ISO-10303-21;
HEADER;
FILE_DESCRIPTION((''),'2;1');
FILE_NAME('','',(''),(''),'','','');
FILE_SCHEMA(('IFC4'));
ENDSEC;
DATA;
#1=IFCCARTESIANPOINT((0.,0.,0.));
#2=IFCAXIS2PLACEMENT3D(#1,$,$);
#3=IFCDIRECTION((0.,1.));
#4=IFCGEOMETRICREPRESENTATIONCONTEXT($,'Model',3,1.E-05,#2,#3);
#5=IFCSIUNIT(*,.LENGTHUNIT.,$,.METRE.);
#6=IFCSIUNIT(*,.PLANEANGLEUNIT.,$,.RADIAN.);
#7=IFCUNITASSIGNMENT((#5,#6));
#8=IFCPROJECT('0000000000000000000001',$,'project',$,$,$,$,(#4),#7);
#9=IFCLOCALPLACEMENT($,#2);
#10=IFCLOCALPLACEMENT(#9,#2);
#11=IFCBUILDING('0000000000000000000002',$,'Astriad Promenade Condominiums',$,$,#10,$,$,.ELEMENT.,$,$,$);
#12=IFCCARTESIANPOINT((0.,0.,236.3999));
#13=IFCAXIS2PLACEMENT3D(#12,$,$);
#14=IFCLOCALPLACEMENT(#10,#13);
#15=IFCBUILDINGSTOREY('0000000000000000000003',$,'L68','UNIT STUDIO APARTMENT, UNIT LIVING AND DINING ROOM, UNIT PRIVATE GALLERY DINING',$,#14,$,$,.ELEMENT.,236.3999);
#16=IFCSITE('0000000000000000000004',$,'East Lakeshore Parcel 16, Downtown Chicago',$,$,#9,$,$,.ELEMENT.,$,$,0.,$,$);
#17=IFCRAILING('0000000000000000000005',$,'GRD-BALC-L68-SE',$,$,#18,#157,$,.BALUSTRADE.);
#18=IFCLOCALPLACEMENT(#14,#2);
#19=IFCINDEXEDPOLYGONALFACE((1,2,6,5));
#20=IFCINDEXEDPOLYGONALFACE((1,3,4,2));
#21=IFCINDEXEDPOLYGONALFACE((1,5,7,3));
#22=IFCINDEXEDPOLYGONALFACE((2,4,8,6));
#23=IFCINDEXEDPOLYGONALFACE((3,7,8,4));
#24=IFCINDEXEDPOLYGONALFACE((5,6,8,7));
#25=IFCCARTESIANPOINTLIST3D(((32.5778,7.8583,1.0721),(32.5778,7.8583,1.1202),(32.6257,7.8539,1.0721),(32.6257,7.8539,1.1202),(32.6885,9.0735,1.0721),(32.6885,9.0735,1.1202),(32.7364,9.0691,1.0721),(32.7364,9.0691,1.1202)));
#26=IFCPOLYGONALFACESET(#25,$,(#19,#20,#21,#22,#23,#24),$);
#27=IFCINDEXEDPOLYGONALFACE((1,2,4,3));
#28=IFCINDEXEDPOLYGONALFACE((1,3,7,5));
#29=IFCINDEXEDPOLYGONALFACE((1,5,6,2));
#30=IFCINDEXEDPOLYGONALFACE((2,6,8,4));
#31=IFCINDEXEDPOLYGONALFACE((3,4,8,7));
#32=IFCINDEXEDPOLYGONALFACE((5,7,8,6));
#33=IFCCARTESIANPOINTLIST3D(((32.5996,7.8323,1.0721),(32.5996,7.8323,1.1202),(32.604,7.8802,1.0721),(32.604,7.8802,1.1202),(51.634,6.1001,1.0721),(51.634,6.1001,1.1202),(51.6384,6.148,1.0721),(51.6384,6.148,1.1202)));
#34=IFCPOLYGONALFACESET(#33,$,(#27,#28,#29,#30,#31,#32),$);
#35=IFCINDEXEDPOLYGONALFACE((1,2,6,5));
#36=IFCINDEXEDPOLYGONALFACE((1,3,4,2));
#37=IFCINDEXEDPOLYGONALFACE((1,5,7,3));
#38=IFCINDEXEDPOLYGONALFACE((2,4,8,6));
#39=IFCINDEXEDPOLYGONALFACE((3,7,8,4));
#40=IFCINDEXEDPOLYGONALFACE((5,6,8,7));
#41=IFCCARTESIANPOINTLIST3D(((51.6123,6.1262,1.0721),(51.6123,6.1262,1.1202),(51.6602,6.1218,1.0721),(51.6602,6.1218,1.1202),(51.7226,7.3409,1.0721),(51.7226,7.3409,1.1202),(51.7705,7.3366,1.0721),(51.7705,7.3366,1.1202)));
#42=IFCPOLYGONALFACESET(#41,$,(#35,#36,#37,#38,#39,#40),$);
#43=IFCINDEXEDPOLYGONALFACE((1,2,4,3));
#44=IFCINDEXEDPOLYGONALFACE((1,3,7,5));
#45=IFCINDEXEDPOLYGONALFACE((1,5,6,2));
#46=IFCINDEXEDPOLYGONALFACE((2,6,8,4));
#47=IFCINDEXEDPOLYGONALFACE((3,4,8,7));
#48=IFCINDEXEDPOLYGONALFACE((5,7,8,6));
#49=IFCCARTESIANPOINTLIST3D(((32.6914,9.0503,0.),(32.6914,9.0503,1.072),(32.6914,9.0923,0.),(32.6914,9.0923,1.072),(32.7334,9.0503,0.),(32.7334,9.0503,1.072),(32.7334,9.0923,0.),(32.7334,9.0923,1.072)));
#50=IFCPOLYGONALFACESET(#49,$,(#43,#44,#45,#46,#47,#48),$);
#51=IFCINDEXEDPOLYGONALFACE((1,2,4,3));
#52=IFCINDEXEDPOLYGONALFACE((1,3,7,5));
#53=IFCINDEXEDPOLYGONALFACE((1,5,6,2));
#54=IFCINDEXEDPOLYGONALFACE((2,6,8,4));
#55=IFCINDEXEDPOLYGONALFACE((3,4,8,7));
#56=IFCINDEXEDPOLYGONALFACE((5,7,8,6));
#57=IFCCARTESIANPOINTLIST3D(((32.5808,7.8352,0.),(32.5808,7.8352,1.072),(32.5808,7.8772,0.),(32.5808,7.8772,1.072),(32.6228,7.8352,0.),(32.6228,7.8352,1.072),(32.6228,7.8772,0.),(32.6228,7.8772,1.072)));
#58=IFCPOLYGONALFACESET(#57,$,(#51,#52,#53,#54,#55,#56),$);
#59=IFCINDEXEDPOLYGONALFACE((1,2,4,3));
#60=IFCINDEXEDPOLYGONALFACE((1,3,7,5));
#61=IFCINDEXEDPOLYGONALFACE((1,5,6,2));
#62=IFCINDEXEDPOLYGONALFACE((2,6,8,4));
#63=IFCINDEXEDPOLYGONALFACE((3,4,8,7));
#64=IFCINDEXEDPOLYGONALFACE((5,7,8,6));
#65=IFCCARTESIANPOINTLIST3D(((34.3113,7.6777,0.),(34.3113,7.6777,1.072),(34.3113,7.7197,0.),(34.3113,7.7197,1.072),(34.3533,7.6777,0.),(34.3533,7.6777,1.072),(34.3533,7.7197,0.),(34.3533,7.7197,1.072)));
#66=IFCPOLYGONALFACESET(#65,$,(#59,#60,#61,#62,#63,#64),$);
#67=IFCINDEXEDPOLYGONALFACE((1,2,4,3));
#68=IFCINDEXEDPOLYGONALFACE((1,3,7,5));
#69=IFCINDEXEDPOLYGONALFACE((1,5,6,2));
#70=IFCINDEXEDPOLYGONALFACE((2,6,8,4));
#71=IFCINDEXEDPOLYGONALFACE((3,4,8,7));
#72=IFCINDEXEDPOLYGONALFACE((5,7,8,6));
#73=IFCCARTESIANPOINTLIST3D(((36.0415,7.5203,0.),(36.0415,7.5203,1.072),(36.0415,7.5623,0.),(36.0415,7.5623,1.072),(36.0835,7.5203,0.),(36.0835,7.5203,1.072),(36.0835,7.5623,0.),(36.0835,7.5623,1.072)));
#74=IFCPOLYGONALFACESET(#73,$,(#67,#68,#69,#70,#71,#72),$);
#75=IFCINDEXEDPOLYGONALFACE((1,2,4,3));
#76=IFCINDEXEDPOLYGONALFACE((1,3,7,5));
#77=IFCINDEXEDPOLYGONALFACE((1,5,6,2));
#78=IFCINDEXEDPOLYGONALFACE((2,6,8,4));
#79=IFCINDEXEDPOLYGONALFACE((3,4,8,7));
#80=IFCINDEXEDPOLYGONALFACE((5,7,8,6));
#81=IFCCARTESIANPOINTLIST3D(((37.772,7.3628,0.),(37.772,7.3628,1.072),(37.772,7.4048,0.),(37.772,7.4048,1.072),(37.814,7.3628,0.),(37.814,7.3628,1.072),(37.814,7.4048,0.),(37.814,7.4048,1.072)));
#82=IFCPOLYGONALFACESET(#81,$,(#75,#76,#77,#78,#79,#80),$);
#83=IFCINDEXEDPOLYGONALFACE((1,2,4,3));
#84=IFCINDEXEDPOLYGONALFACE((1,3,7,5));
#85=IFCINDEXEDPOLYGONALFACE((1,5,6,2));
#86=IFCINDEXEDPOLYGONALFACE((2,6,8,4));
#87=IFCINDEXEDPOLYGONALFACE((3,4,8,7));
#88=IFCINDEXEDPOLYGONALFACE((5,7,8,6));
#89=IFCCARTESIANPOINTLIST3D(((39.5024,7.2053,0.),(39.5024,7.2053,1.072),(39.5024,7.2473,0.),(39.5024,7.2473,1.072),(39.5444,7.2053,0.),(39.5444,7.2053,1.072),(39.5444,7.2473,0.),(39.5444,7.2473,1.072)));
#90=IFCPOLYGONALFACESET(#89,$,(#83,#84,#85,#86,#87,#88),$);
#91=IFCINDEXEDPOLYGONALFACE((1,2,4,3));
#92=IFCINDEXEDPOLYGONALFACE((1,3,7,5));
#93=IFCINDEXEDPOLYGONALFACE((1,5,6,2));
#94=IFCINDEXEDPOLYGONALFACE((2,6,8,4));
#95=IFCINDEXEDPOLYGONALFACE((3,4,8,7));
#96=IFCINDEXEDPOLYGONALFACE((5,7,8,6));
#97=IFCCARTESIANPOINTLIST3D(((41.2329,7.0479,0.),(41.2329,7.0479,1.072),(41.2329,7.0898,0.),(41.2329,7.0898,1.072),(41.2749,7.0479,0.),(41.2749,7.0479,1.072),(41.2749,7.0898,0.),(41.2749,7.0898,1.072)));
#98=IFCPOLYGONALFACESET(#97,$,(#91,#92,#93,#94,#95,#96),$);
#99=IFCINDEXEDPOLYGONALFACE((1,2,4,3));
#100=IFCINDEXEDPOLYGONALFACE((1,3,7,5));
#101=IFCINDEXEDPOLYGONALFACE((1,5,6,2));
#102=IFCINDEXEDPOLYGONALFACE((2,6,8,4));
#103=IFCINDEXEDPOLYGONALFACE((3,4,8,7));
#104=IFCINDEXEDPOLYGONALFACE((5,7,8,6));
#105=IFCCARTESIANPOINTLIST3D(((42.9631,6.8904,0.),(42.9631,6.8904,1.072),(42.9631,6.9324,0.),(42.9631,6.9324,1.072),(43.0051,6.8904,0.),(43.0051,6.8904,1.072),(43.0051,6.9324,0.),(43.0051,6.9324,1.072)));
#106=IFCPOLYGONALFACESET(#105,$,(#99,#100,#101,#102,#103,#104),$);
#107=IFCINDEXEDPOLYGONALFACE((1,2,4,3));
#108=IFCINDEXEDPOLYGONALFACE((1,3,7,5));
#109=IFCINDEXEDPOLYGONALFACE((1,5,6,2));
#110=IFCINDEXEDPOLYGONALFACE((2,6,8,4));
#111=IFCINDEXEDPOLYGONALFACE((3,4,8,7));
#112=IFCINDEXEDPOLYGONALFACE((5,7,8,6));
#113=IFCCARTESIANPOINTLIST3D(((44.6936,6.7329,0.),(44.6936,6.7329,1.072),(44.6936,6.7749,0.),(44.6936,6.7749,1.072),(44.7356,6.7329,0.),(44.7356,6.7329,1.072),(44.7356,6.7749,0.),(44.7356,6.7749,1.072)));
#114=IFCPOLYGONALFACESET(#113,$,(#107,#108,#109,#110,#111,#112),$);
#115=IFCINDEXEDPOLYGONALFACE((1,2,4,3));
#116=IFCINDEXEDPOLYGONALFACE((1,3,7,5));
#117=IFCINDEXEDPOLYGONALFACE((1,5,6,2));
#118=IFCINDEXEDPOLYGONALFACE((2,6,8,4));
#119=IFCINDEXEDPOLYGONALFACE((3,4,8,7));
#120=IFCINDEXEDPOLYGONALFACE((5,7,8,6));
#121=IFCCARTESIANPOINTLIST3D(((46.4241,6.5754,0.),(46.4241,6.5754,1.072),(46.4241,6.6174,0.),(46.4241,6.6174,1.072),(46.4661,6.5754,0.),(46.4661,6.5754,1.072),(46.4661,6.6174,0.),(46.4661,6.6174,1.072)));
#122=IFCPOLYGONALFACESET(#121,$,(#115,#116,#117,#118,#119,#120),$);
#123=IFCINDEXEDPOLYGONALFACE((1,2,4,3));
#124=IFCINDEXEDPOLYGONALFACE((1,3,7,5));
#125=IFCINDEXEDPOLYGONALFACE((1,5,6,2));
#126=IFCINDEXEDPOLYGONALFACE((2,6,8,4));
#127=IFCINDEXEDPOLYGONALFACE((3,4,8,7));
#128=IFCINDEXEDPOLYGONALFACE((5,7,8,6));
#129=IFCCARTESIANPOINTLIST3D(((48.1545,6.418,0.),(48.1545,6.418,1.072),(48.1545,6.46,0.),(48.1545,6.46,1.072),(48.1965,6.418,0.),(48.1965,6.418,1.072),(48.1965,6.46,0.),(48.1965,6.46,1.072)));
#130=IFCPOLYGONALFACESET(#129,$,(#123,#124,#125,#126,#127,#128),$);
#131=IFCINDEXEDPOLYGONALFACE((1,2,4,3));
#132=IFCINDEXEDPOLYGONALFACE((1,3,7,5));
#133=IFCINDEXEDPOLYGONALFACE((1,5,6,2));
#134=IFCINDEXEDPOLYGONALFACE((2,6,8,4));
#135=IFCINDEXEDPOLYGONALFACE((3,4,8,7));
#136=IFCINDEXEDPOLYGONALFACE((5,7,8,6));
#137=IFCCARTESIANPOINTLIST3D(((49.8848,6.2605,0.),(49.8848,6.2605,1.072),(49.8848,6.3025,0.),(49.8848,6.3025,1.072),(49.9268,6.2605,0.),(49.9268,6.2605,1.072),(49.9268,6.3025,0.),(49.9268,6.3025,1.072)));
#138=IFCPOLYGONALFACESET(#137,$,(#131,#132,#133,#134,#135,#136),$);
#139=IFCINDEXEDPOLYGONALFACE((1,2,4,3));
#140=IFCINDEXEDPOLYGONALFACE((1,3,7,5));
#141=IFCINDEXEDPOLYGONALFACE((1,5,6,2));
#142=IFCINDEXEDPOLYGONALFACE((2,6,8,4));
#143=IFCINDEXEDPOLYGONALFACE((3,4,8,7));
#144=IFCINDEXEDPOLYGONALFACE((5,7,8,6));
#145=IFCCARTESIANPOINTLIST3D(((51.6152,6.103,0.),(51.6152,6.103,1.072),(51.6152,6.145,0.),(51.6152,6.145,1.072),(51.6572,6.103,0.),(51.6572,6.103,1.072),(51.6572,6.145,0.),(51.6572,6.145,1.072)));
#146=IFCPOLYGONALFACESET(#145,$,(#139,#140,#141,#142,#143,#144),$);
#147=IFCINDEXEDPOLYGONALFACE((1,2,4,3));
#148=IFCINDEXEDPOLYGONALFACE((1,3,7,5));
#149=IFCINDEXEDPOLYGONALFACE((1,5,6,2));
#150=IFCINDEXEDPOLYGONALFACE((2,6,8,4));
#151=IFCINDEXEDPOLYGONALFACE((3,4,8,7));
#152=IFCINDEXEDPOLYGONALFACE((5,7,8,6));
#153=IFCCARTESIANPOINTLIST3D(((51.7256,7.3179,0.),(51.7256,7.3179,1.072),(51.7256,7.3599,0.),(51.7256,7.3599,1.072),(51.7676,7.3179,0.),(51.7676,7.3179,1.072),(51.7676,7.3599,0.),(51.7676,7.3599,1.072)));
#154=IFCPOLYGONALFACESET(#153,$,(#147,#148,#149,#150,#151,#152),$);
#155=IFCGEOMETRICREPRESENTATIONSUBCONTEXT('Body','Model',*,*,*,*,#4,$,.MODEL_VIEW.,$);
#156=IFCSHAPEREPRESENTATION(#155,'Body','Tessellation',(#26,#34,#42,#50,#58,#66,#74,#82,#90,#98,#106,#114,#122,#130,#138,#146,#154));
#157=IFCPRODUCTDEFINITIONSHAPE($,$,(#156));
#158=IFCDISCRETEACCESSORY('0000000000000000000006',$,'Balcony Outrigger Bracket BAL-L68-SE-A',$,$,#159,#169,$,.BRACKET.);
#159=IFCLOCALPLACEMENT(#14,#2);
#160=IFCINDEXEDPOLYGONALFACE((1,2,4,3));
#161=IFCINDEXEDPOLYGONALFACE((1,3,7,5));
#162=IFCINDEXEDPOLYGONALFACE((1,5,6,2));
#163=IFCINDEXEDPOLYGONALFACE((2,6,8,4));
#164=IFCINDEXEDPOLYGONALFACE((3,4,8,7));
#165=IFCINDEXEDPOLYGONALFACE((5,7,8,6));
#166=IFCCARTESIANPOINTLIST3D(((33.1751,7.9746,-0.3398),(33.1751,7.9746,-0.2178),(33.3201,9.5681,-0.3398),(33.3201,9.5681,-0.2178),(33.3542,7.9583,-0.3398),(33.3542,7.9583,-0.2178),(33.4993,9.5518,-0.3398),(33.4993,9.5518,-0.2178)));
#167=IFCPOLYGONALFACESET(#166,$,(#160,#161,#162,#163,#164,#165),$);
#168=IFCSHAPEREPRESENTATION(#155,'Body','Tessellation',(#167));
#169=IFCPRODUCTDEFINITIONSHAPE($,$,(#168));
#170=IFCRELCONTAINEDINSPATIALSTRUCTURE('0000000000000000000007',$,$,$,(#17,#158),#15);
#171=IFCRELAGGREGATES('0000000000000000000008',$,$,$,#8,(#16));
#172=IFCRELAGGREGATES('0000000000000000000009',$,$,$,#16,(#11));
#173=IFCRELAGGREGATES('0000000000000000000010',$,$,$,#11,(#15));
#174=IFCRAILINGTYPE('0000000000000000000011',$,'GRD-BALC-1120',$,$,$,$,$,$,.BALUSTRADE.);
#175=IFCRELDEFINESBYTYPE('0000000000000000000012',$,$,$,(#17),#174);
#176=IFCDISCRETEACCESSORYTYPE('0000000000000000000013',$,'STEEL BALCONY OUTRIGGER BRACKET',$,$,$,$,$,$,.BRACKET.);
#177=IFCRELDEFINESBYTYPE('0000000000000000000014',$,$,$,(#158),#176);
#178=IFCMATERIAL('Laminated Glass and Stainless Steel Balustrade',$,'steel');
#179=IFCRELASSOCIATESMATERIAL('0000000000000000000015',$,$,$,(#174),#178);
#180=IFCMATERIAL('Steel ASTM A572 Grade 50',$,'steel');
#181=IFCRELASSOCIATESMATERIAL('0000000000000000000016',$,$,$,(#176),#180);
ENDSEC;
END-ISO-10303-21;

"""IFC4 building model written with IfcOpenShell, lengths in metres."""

from ifc_helpers import new_model, si_unit, direction, frame, origin, origin_2d, place, context, subcontext, project, spatial, rectangle, extrude, source, transform, mapped, material, type_object, type_shapes, element, save


model = new_model("IFC4")

# Units and contexts
model_context = context("Model", 3, precision=1e-05, world=origin(), true_north=direction((0.0, 1.0)))
body_context = subcontext(model_context, "Body", "Model", "MODEL_VIEW")
ifc_project = project(units=[si_unit("LENGTHUNIT", "METRE"), si_unit("PLANEANGLEUNIT", "RADIAN")], contexts=[model_context])

# Site, building, storey
site_placement = place(None, origin())
site = spatial("IfcSite", under=ifc_project, at=site_placement, Name="East Lakeshore Parcel 16, Downtown Chicago", CompositionType="ELEMENT", RefElevation=0.0)
building_placement = place(site_placement, origin())
building = spatial("IfcBuilding", under=site, at=building_placement, Name="Astriad Promenade Condominiums", CompositionType="ELEMENT")
storey_placement = place(building_placement, frame((0.0, 0.0, 236.3999)))
storey = spatial("IfcBuildingStorey", under=building, at=storey_placement, Name="L68", Description="UNIT STUDIO APARTMENT, UNIT LIVING AND DINING ROOM, UNIT PRIVATE GALLERY DINING", CompositionType="ELEMENT", Elevation=236.3999)

# Railing
ifc_material_1 = material(Name="Laminated Glass and Stainless Steel Balustrade", Category="steel")
railing_type = type_object("IfcRailingType", Name="GRD-BALC-1120", PredefinedType="BALUSTRADE", material=ifc_material_1)
shared_shape_1 = source(origin(), body_context, "Body", "SweptSolid", [
    extrude(rectangle(XDim=0.0481, YDim=0.0481, at=origin_2d()), frame((0.0, 0.0, 1.0962), z_axis=(-0.090644, -0.995883, 0.0), x_axis=(0.995883, -0.090644, 0.0)), (0.0, 0.0, 1.0), 1.2202),
    extrude(rectangle(XDim=0.0481, YDim=0.0481, at=origin_2d()), frame((-0.1106, -1.2151, 1.0962), z_axis=(0.995885, -0.090628, 0.0), x_axis=(0.090628, 0.995885, 0.0)), (0.0, 0.0, 1.0), 19.113),
    extrude(rectangle(XDim=0.0481, YDim=0.0481, at=origin_2d()), frame((18.9238, -2.9473, 1.0962), z_axis=(0.090464, 0.9959, 0.0), x_axis=(-0.9959, 0.090464, 0.0)), (0.0, 0.0, 1.0), 1.2197),
    extrude(rectangle(XDim=0.042, YDim=0.042, at=origin_2d()), origin(), (0.0, 0.0, 1.0), 1.072),
    extrude(rectangle(XDim=0.042, YDim=0.042, at=origin_2d()), frame((-0.1106, -1.2151, 0.0)), (0.0, 0.0, 1.0), 1.072),
    extrude(rectangle(XDim=0.042, YDim=0.042, at=origin_2d()), frame((1.6199, -1.3726, 0.0)), (0.0, 0.0, 1.0), 1.072),
    extrude(rectangle(XDim=0.042, YDim=0.042, at=origin_2d()), frame((3.3501, -1.53, 0.0)), (0.0, 0.0, 1.0), 1.072),
    extrude(rectangle(XDim=0.042, YDim=0.042, at=origin_2d()), frame((5.0806, -1.6875, 0.0)), (0.0, 0.0, 1.0), 1.072),
    extrude(rectangle(XDim=0.042, YDim=0.042, at=origin_2d()), frame((6.811, -1.845, 0.0)), (0.0, 0.0, 1.0), 1.072),
    extrude(rectangle(XDim=0.042, YDim=0.042, at=origin_2d()), frame((8.5415, -2.0024, 0.0)), (0.0, 0.0, 1.0), 1.072),
    extrude(rectangle(XDim=0.042, YDim=0.042, at=origin_2d()), frame((10.2717, -2.1599, 0.0)), (0.0, 0.0, 1.0), 1.072),
    extrude(rectangle(XDim=0.042, YDim=0.042, at=origin_2d()), frame((12.0022, -2.3174, 0.0)), (0.0, 0.0, 1.0), 1.072),
    extrude(rectangle(XDim=0.042, YDim=0.042, at=origin_2d()), frame((13.7327, -2.4749, 0.0)), (0.0, 0.0, 1.0), 1.072),
    extrude(rectangle(XDim=0.042, YDim=0.042, at=origin_2d()), frame((15.4631, -2.6323, 0.0)), (0.0, 0.0, 1.0), 1.072),
    extrude(rectangle(XDim=0.042, YDim=0.042, at=origin_2d()), frame((17.1934, -2.7898, 0.0)), (0.0, 0.0, 1.0), 1.072),
    extrude(rectangle(XDim=0.042, YDim=0.042, at=origin_2d()), frame((18.9238, -2.9473, 0.0)), (0.0, 0.0, 1.0), 1.072),
    extrude(rectangle(XDim=0.042, YDim=0.042, at=origin_2d()), frame((19.0342, -1.7324, 0.0)), (0.0, 0.0, 1.0), 1.072),
])
type_shapes(railing_type, [shared_shape_1])
railing_placement = place(storey_placement, frame((32.7124, 9.0713, 0.0)))
element("IfcRailing", 1, at=railing_placement, inside=storey, type_object=railing_type, Name="GRD-BALC-L68-SE", PredefinedType="BALUSTRADE", context=body_context, shape_type="MappedRepresentation", body=[
    mapped(shared_shape_1, transform((0.0, 0.0, 0.0), scale=1.0)),
])

# Discrete accessory
ifc_material_2 = material(Name="Steel ASTM A572 Grade 50", Category="steel")
discrete_accessory_type = type_object("IfcDiscreteAccessoryType", Name="STEEL BALCONY OUTRIGGER BRACKET", PredefinedType="BRACKET", material=ifc_material_2)
shared_shape_2 = source(origin(), body_context, "Body", "SweptSolid", [
    extrude(rectangle(XDim=1.6001, YDim=0.1799, at=origin_2d()), origin(), (0.0, 0.0, 1.0), 0.1221),
])
type_shapes(discrete_accessory_type, [shared_shape_2])
discrete_accessory_placement = place(storey_placement, frame((33.3372, 8.7632, -0.3398), z_axis=(0.0, 0.0, 1.0), x_axis=(-0.090633, -0.995884, 0.0)))
element("IfcDiscreteAccessory", 2, at=discrete_accessory_placement, inside=storey, type_object=discrete_accessory_type, Name="Balcony Outrigger Bracket BAL-L68-SE-A", PredefinedType="BRACKET", context=body_context, shape_type="MappedRepresentation", body=[
    mapped(shared_shape_2, transform((0.0, 0.0, 0.0), scale=1.0)),
])

save(model, "model.ifc")
